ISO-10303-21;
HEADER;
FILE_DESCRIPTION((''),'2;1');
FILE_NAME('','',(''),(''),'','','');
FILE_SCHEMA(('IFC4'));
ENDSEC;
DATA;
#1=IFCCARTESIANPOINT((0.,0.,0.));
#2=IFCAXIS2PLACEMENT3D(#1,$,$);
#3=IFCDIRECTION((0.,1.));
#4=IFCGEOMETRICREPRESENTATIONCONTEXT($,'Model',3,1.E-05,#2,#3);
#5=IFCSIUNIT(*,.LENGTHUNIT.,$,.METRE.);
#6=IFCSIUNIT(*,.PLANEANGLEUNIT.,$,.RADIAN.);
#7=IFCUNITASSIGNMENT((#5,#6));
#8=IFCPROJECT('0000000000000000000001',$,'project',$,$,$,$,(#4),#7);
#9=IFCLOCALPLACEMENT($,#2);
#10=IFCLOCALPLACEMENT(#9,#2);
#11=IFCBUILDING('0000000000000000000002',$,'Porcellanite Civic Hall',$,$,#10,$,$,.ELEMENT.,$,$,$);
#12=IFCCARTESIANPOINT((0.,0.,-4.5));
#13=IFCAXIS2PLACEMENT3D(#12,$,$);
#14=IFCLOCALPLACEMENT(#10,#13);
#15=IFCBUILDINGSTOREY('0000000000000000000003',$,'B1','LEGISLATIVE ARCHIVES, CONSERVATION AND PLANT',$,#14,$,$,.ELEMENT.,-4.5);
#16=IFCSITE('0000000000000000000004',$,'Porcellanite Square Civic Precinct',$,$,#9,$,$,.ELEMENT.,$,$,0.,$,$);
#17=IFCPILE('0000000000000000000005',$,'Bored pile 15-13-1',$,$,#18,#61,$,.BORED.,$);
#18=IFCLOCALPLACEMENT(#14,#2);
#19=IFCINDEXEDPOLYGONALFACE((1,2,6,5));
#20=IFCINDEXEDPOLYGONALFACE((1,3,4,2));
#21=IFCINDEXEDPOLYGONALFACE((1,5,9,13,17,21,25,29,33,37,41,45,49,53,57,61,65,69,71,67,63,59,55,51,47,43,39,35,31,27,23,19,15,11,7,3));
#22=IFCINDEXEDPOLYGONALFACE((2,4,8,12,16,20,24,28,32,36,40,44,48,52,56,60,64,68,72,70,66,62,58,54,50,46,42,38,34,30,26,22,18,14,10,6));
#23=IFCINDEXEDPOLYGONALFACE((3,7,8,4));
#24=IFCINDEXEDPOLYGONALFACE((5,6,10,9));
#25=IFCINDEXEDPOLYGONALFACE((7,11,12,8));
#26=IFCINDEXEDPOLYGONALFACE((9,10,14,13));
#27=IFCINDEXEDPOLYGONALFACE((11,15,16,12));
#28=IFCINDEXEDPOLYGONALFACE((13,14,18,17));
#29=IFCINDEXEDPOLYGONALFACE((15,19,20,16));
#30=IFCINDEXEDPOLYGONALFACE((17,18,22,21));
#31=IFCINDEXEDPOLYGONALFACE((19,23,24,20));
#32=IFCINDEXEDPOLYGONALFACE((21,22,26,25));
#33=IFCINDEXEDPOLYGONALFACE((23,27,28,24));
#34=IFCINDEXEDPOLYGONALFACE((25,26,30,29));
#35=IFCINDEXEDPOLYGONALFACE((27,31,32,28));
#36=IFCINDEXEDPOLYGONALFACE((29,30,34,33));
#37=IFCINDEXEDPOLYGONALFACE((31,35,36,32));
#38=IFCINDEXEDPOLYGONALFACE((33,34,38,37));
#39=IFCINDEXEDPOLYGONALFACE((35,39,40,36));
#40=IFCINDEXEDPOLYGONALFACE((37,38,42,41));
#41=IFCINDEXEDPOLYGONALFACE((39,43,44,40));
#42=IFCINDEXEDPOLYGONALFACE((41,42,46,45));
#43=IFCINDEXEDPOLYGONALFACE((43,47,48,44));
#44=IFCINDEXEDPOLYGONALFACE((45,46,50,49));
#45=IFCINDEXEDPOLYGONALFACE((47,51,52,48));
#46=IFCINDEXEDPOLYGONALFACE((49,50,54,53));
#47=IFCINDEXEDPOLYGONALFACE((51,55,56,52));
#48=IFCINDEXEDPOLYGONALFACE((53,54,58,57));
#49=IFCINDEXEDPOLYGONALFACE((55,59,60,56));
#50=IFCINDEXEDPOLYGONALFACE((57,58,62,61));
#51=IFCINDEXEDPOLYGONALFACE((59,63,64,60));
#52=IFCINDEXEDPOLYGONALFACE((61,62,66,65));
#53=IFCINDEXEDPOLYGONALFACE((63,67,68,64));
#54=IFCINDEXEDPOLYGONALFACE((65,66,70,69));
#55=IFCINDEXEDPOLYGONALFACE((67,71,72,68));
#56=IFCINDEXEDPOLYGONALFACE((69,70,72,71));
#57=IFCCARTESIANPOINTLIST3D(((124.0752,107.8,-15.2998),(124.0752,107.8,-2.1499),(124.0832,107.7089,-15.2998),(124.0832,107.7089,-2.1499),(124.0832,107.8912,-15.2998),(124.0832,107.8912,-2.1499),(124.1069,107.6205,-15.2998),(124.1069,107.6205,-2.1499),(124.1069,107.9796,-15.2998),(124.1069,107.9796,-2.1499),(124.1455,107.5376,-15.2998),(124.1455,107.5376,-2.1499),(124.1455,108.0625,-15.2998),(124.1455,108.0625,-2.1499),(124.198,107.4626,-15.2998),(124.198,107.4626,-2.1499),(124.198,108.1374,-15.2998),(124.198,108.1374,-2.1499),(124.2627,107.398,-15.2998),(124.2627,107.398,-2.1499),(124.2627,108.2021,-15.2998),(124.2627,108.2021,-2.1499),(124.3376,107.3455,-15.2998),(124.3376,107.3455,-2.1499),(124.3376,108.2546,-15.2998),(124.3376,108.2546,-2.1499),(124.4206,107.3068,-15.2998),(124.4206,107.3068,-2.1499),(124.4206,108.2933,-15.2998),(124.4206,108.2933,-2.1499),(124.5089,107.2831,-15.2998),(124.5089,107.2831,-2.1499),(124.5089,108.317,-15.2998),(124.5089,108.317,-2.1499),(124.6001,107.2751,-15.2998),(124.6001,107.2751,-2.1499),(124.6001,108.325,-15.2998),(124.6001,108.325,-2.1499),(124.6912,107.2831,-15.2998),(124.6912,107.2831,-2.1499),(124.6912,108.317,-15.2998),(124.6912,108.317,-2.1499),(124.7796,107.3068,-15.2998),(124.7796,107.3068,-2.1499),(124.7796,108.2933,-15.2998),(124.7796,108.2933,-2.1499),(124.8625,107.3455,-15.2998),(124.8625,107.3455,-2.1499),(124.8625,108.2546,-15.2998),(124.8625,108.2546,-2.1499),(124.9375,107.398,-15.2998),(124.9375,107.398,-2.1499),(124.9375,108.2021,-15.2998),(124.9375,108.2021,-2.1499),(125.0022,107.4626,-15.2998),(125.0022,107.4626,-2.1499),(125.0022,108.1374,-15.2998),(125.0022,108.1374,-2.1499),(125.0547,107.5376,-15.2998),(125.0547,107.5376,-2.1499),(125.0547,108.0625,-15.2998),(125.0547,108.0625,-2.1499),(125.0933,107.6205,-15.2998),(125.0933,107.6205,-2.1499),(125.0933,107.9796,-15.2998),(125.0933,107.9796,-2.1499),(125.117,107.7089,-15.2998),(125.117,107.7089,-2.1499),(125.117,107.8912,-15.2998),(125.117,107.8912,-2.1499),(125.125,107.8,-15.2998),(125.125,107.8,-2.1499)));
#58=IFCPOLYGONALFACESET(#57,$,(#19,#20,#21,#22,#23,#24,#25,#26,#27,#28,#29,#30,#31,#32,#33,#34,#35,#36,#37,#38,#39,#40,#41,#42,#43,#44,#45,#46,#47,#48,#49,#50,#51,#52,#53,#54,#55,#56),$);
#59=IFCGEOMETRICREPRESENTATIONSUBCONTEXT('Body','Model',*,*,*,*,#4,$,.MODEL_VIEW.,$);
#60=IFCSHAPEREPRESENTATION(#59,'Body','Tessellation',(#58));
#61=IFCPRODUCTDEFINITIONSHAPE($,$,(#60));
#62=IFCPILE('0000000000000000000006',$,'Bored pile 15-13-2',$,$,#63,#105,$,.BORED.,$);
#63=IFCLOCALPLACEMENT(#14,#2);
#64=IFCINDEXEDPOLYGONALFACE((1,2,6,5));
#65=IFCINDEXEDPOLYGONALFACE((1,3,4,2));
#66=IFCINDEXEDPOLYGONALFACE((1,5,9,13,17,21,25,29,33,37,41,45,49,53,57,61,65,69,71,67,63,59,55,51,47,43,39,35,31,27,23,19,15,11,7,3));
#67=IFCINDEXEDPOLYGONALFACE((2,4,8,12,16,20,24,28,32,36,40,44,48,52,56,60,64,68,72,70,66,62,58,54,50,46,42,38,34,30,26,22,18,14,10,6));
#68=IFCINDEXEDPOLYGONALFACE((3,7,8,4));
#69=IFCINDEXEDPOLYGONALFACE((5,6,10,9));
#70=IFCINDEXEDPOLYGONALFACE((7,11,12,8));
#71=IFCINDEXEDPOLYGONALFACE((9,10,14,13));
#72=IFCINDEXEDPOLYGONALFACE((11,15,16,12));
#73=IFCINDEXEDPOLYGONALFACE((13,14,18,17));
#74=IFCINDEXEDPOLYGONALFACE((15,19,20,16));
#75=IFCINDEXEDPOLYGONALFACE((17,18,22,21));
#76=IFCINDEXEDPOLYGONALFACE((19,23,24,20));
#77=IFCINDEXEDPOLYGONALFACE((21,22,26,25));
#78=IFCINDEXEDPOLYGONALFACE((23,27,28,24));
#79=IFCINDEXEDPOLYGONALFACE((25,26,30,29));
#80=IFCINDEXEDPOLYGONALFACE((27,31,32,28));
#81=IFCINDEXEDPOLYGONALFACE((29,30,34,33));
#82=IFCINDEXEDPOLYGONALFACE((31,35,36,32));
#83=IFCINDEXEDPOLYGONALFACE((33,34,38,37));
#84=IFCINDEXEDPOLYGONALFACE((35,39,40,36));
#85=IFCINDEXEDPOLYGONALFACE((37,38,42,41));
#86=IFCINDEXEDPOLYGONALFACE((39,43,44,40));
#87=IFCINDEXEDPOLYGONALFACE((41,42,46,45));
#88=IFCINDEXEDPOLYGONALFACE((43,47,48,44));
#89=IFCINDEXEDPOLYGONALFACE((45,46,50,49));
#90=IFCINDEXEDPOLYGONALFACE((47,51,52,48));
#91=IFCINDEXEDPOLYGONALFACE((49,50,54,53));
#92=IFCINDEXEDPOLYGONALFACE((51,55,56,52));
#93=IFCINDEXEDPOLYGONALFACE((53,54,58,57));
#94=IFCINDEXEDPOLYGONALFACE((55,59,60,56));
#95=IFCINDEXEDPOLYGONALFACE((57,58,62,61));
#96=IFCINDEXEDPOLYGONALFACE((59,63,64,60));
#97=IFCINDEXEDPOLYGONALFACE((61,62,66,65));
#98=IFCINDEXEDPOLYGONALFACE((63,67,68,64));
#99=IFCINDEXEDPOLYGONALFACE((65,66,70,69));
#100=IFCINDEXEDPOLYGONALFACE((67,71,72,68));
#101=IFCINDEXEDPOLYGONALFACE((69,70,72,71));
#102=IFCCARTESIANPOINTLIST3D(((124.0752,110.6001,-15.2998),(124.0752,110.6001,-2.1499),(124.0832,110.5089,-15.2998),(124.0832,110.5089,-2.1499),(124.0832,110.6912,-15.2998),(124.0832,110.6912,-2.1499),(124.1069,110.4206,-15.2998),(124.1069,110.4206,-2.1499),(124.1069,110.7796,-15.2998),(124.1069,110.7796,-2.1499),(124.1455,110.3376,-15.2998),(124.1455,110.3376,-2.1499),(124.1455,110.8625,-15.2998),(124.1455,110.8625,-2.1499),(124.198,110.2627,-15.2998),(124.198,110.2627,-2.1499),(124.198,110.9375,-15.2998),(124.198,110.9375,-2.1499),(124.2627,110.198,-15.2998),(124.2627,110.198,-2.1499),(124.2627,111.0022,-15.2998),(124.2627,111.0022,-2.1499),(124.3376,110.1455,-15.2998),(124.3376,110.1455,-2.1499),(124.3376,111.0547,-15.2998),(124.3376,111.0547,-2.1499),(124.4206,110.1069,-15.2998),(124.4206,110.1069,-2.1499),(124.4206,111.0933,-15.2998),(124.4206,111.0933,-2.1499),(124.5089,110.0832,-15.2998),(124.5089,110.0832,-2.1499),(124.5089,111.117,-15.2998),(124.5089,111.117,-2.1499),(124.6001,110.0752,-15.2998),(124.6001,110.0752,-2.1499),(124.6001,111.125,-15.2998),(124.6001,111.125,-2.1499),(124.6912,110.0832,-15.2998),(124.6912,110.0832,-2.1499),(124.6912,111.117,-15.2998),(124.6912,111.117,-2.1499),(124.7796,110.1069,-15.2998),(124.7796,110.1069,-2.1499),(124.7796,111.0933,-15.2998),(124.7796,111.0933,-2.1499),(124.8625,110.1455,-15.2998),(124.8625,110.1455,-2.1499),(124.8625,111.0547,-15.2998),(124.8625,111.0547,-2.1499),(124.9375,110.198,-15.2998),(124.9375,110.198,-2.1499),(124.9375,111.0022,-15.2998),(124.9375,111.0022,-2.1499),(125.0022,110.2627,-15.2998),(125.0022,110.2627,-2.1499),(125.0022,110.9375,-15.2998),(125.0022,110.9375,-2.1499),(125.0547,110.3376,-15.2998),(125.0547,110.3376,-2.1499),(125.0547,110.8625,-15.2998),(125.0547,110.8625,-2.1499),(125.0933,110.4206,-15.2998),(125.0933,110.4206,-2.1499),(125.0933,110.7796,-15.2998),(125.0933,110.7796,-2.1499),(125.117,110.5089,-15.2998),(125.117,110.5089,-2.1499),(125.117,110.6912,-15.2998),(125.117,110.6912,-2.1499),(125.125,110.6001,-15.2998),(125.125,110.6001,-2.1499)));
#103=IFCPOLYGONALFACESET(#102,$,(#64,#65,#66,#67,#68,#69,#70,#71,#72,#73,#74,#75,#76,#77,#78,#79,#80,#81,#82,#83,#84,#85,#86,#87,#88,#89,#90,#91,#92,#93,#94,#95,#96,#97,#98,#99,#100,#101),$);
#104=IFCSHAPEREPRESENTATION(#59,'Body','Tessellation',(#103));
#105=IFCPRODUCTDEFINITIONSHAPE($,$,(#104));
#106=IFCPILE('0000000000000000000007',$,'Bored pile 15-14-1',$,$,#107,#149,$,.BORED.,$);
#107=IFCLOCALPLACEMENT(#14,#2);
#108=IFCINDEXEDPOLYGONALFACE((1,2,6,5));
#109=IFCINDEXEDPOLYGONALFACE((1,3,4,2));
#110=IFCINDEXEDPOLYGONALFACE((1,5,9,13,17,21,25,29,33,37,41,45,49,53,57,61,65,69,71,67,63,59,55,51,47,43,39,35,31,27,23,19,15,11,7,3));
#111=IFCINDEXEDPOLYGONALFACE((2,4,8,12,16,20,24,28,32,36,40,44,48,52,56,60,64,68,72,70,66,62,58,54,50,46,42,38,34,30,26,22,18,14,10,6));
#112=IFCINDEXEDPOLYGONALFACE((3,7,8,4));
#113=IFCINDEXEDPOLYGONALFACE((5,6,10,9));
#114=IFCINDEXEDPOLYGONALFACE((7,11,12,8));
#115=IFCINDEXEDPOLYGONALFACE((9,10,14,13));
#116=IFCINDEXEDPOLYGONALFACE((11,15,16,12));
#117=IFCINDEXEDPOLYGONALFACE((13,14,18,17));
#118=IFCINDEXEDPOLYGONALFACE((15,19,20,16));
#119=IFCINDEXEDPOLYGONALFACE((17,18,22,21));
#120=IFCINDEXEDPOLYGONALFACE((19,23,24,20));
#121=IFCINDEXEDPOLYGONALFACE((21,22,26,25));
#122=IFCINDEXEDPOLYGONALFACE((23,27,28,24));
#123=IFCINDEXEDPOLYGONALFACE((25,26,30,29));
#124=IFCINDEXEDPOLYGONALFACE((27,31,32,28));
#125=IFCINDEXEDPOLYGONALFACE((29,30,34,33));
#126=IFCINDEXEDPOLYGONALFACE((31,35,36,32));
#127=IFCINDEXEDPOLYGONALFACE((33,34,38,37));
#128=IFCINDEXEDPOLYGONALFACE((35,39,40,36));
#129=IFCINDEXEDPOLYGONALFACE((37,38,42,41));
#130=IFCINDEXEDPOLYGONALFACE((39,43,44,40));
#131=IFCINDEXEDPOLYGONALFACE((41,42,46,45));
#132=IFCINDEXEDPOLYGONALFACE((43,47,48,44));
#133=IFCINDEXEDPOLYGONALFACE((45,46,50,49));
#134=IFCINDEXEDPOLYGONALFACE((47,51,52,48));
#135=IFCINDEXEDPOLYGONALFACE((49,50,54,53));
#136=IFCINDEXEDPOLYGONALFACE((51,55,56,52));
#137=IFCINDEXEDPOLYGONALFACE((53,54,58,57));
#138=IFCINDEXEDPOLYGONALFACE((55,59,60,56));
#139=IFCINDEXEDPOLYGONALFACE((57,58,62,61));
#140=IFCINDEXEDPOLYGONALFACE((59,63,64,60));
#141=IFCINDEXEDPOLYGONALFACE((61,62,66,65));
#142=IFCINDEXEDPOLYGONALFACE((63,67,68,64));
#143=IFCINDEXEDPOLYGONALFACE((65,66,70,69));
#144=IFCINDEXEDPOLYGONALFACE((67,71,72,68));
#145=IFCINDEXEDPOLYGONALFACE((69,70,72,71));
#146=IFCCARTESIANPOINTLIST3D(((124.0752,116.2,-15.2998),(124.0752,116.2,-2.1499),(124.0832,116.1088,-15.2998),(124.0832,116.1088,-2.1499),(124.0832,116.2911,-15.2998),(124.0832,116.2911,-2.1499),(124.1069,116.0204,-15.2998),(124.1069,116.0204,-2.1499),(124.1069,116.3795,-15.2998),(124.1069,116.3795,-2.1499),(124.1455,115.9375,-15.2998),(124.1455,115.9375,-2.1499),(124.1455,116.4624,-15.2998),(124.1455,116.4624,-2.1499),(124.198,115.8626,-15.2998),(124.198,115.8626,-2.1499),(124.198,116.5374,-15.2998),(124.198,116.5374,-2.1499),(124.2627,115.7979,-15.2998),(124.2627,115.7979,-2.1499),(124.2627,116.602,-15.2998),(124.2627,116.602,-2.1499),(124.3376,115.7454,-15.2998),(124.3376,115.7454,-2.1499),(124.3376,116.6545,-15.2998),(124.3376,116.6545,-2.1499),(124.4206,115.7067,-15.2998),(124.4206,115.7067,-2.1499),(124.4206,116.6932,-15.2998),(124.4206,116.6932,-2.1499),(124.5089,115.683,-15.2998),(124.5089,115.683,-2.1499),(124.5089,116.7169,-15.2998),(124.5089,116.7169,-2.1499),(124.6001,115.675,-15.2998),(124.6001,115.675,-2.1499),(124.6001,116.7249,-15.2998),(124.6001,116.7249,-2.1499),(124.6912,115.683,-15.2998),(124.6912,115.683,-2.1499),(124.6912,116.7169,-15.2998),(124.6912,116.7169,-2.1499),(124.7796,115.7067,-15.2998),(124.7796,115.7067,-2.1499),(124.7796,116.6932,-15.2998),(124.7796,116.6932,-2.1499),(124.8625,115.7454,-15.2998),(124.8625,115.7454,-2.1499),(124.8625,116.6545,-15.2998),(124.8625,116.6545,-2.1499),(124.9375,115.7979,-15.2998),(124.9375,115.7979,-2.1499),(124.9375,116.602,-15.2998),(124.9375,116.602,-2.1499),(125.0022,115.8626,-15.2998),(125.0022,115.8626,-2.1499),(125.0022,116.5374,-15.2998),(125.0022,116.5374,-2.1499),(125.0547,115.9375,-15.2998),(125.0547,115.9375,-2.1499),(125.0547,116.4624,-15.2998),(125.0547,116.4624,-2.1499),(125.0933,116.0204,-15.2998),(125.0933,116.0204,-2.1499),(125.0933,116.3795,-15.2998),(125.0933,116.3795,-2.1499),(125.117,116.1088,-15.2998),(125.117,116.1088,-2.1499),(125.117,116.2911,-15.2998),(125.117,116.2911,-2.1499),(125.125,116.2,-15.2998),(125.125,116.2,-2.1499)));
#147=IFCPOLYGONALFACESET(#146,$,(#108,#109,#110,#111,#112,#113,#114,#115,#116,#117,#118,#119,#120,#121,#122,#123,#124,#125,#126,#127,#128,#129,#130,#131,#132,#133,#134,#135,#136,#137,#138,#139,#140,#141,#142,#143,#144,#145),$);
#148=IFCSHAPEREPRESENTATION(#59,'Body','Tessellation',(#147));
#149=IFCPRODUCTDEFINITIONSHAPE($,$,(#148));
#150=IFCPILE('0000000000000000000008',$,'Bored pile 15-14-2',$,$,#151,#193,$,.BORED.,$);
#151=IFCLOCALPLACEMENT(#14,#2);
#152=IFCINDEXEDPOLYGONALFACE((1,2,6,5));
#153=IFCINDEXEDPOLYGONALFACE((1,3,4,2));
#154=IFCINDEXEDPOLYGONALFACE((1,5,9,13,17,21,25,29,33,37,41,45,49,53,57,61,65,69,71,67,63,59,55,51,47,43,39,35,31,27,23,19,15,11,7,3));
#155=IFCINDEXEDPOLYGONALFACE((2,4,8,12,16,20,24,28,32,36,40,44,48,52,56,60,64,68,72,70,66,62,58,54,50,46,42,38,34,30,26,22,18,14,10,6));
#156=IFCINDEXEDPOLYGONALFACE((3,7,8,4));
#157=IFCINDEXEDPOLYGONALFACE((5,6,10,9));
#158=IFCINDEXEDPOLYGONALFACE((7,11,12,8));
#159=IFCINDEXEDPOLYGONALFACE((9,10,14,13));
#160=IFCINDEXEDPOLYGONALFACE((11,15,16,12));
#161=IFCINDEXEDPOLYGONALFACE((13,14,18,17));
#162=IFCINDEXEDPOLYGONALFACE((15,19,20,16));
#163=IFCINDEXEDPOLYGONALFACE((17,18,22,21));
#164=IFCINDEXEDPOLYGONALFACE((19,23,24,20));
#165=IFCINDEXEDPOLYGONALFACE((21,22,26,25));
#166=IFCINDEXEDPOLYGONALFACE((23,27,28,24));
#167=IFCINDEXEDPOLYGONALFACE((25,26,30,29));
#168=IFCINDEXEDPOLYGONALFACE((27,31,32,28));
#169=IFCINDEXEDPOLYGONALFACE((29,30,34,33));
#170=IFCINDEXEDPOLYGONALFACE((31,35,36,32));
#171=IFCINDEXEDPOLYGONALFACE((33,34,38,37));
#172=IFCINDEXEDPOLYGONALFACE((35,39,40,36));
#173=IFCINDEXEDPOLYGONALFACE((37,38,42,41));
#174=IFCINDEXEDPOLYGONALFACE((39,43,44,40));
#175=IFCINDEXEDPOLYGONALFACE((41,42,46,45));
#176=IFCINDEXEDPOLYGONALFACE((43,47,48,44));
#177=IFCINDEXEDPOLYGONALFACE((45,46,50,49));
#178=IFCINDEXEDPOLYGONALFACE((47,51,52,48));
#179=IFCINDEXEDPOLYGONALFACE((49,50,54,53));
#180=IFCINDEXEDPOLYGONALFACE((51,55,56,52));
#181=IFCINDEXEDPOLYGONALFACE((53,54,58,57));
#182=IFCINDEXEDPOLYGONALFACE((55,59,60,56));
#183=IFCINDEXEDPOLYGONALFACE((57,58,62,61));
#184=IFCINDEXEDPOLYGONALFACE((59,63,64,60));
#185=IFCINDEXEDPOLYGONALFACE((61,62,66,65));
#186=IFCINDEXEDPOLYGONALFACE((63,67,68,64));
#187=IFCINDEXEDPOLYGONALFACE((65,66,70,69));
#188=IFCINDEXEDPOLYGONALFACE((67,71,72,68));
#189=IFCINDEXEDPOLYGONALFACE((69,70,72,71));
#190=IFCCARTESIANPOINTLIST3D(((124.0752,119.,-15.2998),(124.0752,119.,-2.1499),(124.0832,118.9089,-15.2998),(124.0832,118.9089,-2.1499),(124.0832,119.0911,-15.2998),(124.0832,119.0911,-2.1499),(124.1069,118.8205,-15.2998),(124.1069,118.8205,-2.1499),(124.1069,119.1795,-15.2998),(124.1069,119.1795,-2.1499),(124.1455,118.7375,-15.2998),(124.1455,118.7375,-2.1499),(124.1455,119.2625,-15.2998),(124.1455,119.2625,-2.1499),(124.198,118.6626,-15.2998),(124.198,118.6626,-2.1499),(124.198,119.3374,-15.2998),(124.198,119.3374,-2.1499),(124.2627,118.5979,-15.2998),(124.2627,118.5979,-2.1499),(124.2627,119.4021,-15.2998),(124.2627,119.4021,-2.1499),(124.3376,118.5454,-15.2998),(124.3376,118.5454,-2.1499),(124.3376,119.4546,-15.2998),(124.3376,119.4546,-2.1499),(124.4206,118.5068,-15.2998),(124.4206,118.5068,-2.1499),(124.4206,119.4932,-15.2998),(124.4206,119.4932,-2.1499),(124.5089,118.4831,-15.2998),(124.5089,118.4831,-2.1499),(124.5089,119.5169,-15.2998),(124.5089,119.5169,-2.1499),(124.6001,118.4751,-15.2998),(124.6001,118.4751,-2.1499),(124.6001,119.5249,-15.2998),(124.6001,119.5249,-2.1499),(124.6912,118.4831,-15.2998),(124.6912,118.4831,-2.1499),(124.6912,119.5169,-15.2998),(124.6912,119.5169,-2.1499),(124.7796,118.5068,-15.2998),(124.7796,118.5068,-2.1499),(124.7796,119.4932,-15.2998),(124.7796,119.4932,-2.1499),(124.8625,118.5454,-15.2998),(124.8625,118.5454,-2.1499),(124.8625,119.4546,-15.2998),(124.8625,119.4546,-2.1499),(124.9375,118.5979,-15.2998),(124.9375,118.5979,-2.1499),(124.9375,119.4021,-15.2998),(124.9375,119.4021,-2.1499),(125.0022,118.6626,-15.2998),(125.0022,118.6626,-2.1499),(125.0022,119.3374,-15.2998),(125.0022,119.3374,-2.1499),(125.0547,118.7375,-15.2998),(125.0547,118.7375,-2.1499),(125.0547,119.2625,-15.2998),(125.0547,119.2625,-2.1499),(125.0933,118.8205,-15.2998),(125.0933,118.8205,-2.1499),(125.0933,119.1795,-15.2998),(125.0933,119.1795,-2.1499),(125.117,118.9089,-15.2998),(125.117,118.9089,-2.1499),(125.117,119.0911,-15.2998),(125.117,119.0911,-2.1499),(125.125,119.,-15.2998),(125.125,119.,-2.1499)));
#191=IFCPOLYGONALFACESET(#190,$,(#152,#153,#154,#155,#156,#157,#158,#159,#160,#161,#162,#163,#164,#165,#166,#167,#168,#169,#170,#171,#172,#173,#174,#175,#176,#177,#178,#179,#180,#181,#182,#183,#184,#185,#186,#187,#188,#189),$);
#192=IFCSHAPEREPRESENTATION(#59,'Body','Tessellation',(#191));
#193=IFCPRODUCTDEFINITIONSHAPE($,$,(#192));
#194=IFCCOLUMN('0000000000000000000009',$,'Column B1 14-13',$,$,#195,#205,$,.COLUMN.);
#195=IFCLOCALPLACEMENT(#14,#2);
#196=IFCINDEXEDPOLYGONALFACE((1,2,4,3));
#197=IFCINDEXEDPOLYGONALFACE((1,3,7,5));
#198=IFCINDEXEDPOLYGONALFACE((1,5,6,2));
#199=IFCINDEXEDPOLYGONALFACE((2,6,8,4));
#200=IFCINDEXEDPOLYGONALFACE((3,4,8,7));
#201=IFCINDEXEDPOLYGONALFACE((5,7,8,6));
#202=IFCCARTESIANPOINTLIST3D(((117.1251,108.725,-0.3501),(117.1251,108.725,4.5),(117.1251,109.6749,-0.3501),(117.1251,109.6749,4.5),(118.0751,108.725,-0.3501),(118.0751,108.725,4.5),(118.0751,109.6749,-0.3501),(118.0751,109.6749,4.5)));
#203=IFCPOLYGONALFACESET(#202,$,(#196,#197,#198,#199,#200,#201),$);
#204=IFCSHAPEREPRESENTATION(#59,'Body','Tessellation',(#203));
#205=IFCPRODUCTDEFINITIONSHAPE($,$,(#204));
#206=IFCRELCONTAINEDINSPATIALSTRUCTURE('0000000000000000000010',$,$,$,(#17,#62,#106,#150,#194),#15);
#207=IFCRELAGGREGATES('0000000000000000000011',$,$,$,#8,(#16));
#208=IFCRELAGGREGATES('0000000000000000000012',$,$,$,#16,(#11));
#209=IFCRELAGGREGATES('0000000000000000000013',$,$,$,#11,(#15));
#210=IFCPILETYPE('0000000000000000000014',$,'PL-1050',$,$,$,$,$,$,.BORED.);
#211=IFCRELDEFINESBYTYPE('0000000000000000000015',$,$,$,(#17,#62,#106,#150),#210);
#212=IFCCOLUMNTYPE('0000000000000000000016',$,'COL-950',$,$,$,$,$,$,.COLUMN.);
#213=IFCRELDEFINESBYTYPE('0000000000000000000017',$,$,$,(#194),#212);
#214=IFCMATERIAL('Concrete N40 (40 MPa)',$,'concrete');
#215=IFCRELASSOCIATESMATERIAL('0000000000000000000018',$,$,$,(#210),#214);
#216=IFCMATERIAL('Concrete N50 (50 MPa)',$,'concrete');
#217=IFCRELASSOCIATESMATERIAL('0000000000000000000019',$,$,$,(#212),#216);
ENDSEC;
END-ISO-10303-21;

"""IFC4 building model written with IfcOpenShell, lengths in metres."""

from ifc_helpers import new_model, si_unit, direction, frame, origin, origin_2d, place, context, subcontext, project, spatial, rectangle, circle, extrude, material, material_profile, profile_set, type_object, element, save


model = new_model("IFC4")

# Units and contexts
model_context = context("Model", 3, precision=1e-05, world=origin(), true_north=direction((0.0, 1.0)))
body_context = subcontext(model_context, "Body", "Model", "MODEL_VIEW")
ifc_project = project(units=[si_unit("LENGTHUNIT", "METRE"), si_unit("PLANEANGLEUNIT", "RADIAN")], contexts=[model_context])

# Site, building, storey
site_placement = place(None, origin())
site = spatial("IfcSite", under=ifc_project, at=site_placement, Name="Porcellanite Square Civic Precinct", CompositionType="ELEMENT", RefElevation=0.0)
building_placement = place(site_placement, origin())
building = spatial("IfcBuilding", under=site, at=building_placement, Name="Porcellanite Civic Hall", CompositionType="ELEMENT")
storey_placement = place(building_placement, frame((0.0, 0.0, -4.5)))
storey = spatial("IfcBuildingStorey", under=building, at=storey_placement, Name="B1", Description="LEGISLATIVE ARCHIVES, CONSERVATION AND PLANT", CompositionType="ELEMENT", Elevation=-4.5)

# Piles
ifc_material_1 = material(Name="Concrete N40 (40 MPa)", Category="concrete")
ifc_material_profile_1 = material_profile(ifc_material_1, circle(Radius=0.5249, at=origin_2d()), Name="PILE-D1050")
ifc_profile_set_1 = profile_set([ifc_material_profile_1], Name="Concrete N40 (40 MPa)")
pile_type = type_object("IfcPileType", Name="PL-1050", PredefinedType="BORED", material=ifc_profile_set_1)
for number, where, z_axis, x_axis, name in (
    (1, (124.6001, 107.8, -2.1499), (0.0, 0.0, -1.0), (1.0, 0.0, 0.0), "Bored pile 15-13-1"),
    (2, (124.6001, 110.6001, -2.1499), (0.0, 0.0, -1.0), (1.0, 0.0, 0.0), "Bored pile 15-13-2"),
    (3, (124.6001, 116.2, -2.1499), (0.0, 0.0, -1.0), (1.0, 0.0, 0.0), "Bored pile 15-14-1"),
    (4, (124.6001, 119.0, -2.1499), (0.0, 0.0, -1.0), (1.0, 0.0, 0.0), "Bored pile 15-14-2"),
):
    element("IfcPile", number, at=place(storey_placement, frame(where, z_axis=z_axis, x_axis=x_axis)), inside=storey, type_object=pile_type, Name=name, PredefinedType="BORED", context=body_context, shape_type="SweptSolid", body=[
        extrude(circle(Radius=0.5249, at=origin_2d()), origin(), (0.0, 0.0, 1.0), 13.1499),
    ])

# Column
ifc_material_2 = material(Name="Concrete N50 (50 MPa)", Category="concrete")
ifc_material_profile_2 = material_profile(ifc_material_2, rectangle(XDim=0.95, YDim=0.95, at=origin_2d()), Name="RC-950x950")
ifc_profile_set_2 = profile_set([ifc_material_profile_2], Name="Concrete N50 (50 MPa)")
column_type = type_object("IfcColumnType", Name="COL-950", PredefinedType="COLUMN", material=ifc_profile_set_2)
for number, where, z_axis, x_axis, name in (
    (5, (117.6001, 109.2, -0.3501), (0.0, 0.0, 1.0), (1.0, 0.0, 0.0), "Column B1 14-13"),
):
    element("IfcColumn", number, at=place(storey_placement, frame(where, z_axis=z_axis, x_axis=x_axis)), inside=storey, type_object=column_type, Name=name, PredefinedType="COLUMN", context=body_context, shape_type="SweptSolid", body=[
        extrude(rectangle(XDim=0.95, YDim=0.95, at=origin_2d()), origin(), (0.0, 0.0, 1.0), 4.8501),
    ])

save(model, "model.ifc")
